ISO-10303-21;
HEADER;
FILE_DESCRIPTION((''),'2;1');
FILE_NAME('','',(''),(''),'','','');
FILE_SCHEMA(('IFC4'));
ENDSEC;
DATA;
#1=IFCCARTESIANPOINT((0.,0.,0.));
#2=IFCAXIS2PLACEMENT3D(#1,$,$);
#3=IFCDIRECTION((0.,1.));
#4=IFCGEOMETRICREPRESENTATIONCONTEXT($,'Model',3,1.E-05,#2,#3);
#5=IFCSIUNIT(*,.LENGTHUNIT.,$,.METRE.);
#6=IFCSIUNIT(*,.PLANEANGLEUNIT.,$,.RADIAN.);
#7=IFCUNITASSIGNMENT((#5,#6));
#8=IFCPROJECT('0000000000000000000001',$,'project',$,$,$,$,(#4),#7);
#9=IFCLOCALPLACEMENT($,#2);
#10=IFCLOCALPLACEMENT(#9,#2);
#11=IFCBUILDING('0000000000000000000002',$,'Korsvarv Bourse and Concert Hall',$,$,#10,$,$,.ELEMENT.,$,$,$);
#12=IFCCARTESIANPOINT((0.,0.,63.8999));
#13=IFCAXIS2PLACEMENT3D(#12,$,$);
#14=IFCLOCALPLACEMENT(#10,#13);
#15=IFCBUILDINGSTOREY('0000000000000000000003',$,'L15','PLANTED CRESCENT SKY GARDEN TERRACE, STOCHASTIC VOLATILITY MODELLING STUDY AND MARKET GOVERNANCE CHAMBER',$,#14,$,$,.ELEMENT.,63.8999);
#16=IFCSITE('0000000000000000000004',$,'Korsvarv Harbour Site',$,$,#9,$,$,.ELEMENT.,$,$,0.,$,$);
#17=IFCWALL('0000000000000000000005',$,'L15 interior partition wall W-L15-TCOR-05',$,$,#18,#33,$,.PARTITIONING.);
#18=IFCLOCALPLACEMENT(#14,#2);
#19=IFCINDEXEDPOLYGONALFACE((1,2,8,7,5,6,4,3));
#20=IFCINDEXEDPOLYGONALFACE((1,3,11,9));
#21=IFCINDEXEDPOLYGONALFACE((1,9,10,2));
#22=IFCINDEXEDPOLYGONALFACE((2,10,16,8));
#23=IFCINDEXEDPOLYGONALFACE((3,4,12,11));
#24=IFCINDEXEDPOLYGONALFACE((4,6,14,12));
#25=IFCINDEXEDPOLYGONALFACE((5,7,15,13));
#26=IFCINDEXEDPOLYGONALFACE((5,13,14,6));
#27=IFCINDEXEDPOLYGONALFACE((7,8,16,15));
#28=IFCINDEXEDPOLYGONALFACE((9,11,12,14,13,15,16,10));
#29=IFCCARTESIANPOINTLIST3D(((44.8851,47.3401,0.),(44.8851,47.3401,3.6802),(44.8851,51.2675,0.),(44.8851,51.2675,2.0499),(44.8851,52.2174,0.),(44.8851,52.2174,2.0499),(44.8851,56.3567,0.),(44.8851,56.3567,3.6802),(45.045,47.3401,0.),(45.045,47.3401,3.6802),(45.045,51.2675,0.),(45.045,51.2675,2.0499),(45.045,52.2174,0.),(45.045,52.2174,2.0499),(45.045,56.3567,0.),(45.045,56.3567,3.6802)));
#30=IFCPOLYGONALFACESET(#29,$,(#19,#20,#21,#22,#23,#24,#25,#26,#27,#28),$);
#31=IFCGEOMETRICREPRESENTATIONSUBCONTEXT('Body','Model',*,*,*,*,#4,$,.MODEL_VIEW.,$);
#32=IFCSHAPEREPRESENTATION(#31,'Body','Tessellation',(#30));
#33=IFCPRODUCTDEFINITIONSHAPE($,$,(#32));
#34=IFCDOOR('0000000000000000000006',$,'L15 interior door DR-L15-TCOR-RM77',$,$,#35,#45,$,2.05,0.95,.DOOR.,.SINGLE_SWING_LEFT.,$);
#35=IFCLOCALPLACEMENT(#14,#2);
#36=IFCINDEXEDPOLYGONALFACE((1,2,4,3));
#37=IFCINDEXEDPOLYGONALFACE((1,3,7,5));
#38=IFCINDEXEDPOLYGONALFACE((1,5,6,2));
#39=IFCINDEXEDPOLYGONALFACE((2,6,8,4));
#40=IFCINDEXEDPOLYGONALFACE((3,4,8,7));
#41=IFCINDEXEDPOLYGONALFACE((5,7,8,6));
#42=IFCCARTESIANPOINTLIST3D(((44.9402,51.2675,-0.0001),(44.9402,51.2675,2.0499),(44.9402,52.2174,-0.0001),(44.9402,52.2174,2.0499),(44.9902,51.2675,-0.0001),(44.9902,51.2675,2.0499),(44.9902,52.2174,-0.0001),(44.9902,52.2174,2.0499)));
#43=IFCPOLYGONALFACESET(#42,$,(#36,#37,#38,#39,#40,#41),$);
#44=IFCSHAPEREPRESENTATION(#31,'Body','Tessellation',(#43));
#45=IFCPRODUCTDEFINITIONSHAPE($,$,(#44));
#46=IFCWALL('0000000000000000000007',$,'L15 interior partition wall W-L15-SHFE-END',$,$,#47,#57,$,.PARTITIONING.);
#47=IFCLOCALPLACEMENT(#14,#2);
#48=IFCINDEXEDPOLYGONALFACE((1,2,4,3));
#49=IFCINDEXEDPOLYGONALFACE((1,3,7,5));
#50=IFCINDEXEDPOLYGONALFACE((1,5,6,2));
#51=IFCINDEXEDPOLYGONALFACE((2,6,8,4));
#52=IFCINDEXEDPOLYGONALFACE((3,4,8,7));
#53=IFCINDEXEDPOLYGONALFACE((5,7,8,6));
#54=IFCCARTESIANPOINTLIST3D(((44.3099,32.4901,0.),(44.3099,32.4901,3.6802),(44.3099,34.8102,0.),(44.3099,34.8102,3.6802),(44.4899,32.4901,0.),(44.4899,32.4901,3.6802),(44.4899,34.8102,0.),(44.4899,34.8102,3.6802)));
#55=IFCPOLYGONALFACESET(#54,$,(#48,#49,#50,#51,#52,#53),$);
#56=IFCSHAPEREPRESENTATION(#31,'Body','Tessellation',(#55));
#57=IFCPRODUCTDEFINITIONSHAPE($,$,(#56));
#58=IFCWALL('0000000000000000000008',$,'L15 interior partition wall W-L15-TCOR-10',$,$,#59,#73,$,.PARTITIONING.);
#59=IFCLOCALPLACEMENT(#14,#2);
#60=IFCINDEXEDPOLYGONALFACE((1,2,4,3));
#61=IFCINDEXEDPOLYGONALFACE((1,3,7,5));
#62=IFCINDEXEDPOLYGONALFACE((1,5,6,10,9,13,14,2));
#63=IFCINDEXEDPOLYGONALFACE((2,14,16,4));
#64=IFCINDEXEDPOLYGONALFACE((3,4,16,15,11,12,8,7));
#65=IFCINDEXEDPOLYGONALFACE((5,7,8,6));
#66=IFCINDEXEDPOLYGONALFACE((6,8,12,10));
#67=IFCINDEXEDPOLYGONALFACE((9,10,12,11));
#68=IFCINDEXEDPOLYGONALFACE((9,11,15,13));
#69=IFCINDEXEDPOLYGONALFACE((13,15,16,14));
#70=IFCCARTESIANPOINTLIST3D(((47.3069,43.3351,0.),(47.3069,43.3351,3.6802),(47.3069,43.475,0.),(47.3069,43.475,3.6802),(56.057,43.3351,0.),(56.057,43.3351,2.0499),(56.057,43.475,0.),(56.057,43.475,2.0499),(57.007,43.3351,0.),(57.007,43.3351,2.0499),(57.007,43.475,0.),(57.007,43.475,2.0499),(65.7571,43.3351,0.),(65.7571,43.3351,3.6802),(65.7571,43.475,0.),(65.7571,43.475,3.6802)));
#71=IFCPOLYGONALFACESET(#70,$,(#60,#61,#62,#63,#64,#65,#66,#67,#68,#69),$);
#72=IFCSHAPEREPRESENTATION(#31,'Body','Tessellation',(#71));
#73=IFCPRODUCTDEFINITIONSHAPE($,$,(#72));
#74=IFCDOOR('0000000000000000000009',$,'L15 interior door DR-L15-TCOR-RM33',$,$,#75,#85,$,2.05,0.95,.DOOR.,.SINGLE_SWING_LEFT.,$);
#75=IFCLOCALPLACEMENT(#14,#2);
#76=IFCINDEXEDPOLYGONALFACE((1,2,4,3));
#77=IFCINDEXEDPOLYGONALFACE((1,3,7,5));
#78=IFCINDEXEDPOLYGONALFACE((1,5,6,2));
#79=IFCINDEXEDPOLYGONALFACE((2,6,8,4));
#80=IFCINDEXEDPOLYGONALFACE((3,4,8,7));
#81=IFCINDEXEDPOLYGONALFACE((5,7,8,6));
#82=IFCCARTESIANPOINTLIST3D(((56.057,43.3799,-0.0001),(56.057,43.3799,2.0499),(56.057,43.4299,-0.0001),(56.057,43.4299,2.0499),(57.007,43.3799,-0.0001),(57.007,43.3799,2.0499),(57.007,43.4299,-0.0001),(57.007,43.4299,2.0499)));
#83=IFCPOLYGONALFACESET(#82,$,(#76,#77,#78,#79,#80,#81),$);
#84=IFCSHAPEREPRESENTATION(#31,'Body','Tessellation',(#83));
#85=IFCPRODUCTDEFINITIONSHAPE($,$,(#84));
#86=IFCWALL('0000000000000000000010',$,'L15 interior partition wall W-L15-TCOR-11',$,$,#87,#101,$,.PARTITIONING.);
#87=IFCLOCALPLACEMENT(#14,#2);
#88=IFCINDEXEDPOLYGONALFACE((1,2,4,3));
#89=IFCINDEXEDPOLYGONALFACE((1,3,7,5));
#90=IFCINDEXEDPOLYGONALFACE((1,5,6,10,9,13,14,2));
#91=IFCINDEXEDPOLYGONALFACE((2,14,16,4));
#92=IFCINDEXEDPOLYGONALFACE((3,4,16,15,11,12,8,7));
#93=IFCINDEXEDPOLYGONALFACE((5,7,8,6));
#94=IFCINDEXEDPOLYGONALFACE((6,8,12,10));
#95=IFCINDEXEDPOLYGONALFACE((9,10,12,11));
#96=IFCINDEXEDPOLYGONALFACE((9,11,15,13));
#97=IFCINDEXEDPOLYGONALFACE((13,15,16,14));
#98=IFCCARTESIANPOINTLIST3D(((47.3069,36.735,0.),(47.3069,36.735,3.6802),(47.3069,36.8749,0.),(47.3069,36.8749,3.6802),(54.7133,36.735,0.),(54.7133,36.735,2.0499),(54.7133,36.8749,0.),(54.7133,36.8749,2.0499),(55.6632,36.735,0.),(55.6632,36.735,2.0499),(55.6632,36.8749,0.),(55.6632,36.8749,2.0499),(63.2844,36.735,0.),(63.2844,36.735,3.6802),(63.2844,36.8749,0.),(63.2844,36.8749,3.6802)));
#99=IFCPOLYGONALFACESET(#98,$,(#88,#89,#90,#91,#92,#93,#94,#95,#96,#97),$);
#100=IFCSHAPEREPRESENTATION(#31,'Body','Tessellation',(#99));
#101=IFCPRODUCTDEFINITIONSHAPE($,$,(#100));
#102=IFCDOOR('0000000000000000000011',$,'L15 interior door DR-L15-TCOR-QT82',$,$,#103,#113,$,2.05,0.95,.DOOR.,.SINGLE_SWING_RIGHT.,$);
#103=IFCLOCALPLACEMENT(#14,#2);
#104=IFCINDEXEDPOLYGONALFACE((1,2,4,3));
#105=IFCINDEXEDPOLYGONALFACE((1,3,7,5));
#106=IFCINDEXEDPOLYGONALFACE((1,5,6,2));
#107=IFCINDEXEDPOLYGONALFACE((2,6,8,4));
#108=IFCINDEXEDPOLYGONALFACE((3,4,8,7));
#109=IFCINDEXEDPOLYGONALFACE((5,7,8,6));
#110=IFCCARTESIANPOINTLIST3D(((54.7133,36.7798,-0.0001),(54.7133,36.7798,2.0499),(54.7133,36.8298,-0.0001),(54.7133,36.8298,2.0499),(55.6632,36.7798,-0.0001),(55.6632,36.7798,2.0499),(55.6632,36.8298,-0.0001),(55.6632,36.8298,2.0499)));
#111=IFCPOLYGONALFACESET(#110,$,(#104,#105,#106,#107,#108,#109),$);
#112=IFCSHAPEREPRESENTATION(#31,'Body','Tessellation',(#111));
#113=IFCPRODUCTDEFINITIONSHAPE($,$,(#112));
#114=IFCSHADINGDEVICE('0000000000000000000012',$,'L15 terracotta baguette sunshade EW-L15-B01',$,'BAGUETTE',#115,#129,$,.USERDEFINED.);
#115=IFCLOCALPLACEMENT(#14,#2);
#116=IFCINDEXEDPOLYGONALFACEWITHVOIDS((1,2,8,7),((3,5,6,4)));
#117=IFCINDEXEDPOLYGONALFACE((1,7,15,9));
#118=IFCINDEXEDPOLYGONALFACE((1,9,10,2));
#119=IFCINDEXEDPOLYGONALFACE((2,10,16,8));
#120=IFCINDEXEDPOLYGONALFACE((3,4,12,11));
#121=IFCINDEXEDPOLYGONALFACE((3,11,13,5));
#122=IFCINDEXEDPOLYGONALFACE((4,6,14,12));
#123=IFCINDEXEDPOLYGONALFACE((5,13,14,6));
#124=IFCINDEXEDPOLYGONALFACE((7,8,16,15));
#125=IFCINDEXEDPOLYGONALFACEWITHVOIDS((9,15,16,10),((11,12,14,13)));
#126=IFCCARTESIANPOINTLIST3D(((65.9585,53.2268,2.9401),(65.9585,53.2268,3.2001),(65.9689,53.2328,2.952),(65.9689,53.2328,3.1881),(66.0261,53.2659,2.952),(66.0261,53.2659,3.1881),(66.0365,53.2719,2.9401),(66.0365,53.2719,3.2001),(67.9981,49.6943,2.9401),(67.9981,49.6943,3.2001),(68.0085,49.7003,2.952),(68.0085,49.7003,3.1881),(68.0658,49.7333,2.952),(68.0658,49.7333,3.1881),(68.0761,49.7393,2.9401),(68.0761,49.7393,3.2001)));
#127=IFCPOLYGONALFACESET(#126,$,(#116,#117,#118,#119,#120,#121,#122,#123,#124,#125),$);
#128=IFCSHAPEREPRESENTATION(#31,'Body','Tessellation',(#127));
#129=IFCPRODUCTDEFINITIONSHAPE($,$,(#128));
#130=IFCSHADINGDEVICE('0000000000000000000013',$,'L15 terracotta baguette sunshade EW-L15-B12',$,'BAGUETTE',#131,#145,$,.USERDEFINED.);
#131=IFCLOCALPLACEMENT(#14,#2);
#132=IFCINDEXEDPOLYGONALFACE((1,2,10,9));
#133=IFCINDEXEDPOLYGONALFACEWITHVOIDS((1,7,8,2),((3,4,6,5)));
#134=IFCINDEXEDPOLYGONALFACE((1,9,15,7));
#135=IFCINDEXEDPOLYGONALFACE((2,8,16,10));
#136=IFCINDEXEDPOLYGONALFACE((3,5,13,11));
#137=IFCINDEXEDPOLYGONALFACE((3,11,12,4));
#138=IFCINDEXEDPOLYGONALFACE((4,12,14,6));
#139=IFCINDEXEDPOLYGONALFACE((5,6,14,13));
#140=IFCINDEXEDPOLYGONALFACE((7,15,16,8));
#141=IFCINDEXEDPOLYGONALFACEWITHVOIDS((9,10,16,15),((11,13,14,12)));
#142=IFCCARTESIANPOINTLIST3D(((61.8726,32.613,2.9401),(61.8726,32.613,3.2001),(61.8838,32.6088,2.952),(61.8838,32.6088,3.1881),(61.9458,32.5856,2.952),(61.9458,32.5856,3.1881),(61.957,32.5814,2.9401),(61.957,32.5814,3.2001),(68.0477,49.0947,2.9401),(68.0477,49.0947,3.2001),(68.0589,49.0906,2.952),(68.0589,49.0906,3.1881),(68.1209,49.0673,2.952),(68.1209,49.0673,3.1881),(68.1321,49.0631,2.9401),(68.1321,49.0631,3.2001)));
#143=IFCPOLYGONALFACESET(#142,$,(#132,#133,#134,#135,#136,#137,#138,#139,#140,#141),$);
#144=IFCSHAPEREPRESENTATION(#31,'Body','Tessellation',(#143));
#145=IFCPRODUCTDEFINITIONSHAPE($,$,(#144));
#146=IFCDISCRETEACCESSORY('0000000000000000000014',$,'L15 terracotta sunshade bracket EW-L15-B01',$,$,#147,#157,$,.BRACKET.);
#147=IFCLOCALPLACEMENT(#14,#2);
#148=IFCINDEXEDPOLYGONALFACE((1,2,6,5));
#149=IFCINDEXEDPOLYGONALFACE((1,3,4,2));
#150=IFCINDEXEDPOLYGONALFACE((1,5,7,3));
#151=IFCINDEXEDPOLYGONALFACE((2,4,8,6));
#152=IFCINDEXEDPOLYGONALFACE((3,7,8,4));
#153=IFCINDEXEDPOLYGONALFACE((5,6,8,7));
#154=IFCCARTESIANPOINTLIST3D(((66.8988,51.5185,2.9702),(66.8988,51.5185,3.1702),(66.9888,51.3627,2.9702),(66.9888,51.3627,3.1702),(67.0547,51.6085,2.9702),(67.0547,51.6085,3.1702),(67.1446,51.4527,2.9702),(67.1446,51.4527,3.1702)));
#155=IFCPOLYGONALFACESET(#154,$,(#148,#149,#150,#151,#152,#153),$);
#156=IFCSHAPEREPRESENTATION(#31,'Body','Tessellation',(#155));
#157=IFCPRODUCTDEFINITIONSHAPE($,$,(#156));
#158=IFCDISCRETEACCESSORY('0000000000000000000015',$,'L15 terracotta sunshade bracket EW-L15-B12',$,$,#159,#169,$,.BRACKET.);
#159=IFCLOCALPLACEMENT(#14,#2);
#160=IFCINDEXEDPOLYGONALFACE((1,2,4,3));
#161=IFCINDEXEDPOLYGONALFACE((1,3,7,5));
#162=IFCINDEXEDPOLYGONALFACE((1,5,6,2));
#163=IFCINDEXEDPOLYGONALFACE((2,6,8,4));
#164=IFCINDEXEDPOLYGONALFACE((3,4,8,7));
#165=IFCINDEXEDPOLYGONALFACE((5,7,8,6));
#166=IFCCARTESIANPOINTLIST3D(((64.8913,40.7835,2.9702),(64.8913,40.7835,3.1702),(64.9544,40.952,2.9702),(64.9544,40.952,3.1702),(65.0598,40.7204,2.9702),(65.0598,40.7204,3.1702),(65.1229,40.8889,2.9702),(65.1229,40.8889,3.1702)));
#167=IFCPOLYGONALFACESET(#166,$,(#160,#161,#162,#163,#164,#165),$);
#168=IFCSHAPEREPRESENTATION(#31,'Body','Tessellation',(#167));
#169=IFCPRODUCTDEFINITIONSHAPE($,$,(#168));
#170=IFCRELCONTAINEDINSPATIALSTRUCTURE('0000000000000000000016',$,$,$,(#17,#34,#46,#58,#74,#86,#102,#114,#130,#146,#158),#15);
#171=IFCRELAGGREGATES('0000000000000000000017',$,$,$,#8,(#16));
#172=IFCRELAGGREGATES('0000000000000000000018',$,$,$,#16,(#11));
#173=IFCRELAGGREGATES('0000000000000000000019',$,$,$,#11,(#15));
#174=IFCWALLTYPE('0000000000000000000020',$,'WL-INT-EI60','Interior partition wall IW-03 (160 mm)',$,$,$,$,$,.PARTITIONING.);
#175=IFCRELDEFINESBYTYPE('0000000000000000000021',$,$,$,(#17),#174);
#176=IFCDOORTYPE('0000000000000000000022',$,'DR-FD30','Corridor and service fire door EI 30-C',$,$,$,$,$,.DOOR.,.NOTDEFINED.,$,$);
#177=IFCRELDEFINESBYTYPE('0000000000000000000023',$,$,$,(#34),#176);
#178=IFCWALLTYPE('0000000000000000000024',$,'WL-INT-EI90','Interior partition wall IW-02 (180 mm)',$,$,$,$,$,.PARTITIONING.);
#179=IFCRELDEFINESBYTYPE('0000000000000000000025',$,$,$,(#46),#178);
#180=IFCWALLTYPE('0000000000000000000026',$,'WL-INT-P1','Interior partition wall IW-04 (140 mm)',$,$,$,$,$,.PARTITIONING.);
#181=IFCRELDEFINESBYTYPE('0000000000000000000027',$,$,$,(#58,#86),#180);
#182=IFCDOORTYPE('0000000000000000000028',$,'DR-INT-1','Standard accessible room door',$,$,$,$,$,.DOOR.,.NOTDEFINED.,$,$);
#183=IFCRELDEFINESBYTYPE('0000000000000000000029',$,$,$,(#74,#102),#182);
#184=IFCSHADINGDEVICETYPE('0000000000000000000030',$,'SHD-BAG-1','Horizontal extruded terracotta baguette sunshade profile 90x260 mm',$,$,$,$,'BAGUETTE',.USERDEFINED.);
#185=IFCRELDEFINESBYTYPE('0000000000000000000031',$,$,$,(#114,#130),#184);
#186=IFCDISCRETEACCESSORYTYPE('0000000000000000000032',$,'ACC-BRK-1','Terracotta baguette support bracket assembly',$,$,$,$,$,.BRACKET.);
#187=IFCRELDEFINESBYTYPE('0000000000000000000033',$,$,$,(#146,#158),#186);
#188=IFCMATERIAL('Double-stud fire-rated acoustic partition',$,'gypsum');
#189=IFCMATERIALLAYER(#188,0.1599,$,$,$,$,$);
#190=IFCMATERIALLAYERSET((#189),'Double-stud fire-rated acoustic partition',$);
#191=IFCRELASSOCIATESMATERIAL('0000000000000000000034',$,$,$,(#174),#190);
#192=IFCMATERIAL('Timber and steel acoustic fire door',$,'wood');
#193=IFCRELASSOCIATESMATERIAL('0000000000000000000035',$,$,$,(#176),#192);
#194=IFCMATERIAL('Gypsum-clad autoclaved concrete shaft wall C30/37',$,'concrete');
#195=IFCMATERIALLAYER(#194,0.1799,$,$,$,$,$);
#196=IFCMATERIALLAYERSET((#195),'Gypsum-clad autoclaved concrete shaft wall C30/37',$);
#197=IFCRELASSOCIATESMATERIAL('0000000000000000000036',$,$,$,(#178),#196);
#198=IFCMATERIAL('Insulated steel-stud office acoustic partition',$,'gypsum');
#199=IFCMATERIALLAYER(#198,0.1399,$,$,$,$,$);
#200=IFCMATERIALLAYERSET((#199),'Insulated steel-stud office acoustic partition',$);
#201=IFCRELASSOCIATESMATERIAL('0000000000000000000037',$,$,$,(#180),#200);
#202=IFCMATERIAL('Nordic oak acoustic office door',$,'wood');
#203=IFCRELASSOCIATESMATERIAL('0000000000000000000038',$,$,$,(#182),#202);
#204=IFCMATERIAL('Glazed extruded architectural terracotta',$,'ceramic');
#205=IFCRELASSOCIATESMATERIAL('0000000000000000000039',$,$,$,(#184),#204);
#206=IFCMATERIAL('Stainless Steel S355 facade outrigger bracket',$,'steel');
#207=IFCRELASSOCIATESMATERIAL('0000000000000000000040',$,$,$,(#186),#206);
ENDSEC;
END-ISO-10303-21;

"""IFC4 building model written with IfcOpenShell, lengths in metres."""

from ifc_helpers import new_model, si_unit, direction, frame, frame_2d, origin, origin_2d, place, context, subcontext, project, spatial, rectangle, hollow_rectangle, extrude, source, transform, mapped, material, layer, layer_set, material_profile, profile_set, type_object, element, fill, save


model = new_model("IFC4")

# Units and contexts
model_context = context("Model", 3, precision=1e-05, world=origin(), true_north=direction((0.0, 1.0)))
body_context = subcontext(model_context, "Body", "Model", "MODEL_VIEW")
ifc_project = project(units=[si_unit("LENGTHUNIT", "METRE"), si_unit("PLANEANGLEUNIT", "RADIAN")], contexts=[model_context])

# Site, building, storey
site_placement = place(None, origin())
site = spatial("IfcSite", under=ifc_project, at=site_placement, Name="Korsvarv Harbour Site", CompositionType="ELEMENT", RefElevation=0.0)
building_placement = place(site_placement, origin())
building = spatial("IfcBuilding", under=site, at=building_placement, Name="Korsvarv Bourse and Concert Hall", CompositionType="ELEMENT")
storey_placement = place(building_placement, frame((0.0, 0.0, 63.8999)))
storey = spatial("IfcBuildingStorey", under=building, at=storey_placement, Name="L15", Description="PLANTED CRESCENT SKY GARDEN TERRACE, STOCHASTIC VOLATILITY MODELLING STUDY AND MARKET GOVERNANCE CHAMBER", CompositionType="ELEMENT", Elevation=63.8999)

# Wall, opening, door
ifc_material_1 = material(Name="Double-stud fire-rated acoustic partition", Category="gypsum")
ifc_layer_1 = layer(ifc_material_1, 0.1599)
ifc_layer_set_1 = layer_set([ifc_layer_1], Name="Double-stud fire-rated acoustic partition")
wall_type_1 = type_object("IfcWallType", Name="WL-INT-EI60", Description="Interior partition wall IW-03 (160 mm)", PredefinedType="PARTITIONING", material=ifc_layer_set_1)
wall_1_placement = place(storey_placement, frame((44.9651, 47.3401, 0.0), z_axis=(0.0, 0.0, 1.0), x_axis=(0.0, 1.0, 0.0)))
wall_1 = element("IfcWall", 1, at=wall_1_placement, inside=storey, type_object=wall_type_1, Name="L15 interior partition wall W-L15-TCOR-05", PredefinedType="PARTITIONING", context=body_context, shape_type="SweptSolid", body=[
    extrude(rectangle(XDim=9.0166, YDim=0.1599, at=frame_2d((4.5083, 0.0))), origin(), (0.0, 0.0, 1.0), 3.6802),
])
opening_1_placement = place(wall_1_placement, frame((3.9272, 0.0, 0.0)))
opening_1 = element("IfcOpeningElement", 2, at=opening_1_placement, cuts=wall_1, PredefinedType="OPENING", context=body_context, shape_type="SweptSolid", body=[
    extrude(rectangle(XDim=0.95, YDim=2.05, at=frame_2d((0.4751, 1.0249))), frame((0.0, 0.0898, 0.0), z_axis=(0.0, -1.0, 0.0), x_axis=(1.0, 0.0, 0.0)), (0.0, 0.0, 1.0), 0.1799),
])
ifc_material_2 = material(Name="Timber and steel acoustic fire door", Category="wood")
door_type_1 = type_object("IfcDoorType", Name="DR-FD30", Description="Corridor and service fire door EI 30-C", OperationType="NOTDEFINED", PredefinedType="DOOR", material=ifc_material_2)
door_1_placement = place(opening_1_placement, origin())
door_1 = element("IfcDoor", 3, at=door_1_placement, inside=storey, type_object=door_type_1, Name="L15 interior door DR-L15-TCOR-RM77", OperationType="SINGLE_SWING_LEFT", OverallHeight=2.05, OverallWidth=0.95, PredefinedType="DOOR", context=body_context, shape_type="SweptSolid", body=[
    extrude(rectangle(XDim=0.95, YDim=2.05, at=frame_2d((0.4751, 1.0249))), frame((0.0, 0.0249, 0.0), z_axis=(0.0, -1.0, 0.0), x_axis=(1.0, 0.0, 0.0)), (0.0, 0.0, 1.0), 0.05),
])
fill(opening_1, door_1)

# Wall
ifc_material_3 = material(Name="Gypsum-clad autoclaved concrete shaft wall C30/37", Category="concrete")
ifc_layer_2 = layer(ifc_material_3, 0.1799)
ifc_layer_set_2 = layer_set([ifc_layer_2], Name="Gypsum-clad autoclaved concrete shaft wall C30/37")
wall_type_2 = type_object("IfcWallType", Name="WL-INT-EI90", Description="Interior partition wall IW-02 (180 mm)", PredefinedType="PARTITIONING", material=ifc_layer_set_2)
wall_2_placement = place(storey_placement, frame((44.3999, 32.49, 0.0), z_axis=(0.0, 0.0, 1.0), x_axis=(0.0, 1.0, 0.0)))
element("IfcWall", 4, at=wall_2_placement, inside=storey, type_object=wall_type_2, Name="L15 interior partition wall W-L15-SHFE-END", PredefinedType="PARTITIONING", context=body_context, shape_type="SweptSolid", body=[
    extrude(rectangle(XDim=2.3201, YDim=0.1799, at=frame_2d((1.1602, 0.0))), origin(), (0.0, 0.0, 1.0), 3.6802),
])

# Walls, openings, doors
ifc_material_4 = material(Name="Insulated steel-stud office acoustic partition", Category="gypsum")
ifc_layer_3 = layer(ifc_material_4, 0.1399)
ifc_layer_set_3 = layer_set([ifc_layer_3], Name="Insulated steel-stud office acoustic partition")
wall_type_3 = type_object("IfcWallType", Name="WL-INT-P1", Description="Interior partition wall IW-04 (140 mm)", PredefinedType="PARTITIONING", material=ifc_layer_set_3)
wall_3_placement = place(storey_placement, frame((47.3069, 43.405, 0.0), z_axis=(0.0, 0.0, 1.0), x_axis=(1.0, 0.0, 0.0)))
wall_3 = element("IfcWall", 5, at=wall_3_placement, inside=storey, type_object=wall_type_3, Name="L15 interior partition wall W-L15-TCOR-10", PredefinedType="PARTITIONING", context=body_context, shape_type="SweptSolid", body=[
    extrude(rectangle(XDim=18.4502, YDim=0.1399, at=frame_2d((9.2251, 0.0))), origin(), (0.0, 0.0, 1.0), 3.6802),
])
opening_2_placement = place(wall_3_placement, frame((8.75, 0.0, 0.0)))
opening_2 = element("IfcOpeningElement", 6, at=opening_2_placement, cuts=wall_3, PredefinedType="OPENING", context=body_context, shape_type="SweptSolid", body=[
    extrude(rectangle(XDim=0.95, YDim=2.05, at=frame_2d((0.4751, 1.0249))), frame((0.0, 0.0801, 0.0), z_axis=(0.0, -1.0, 0.0), x_axis=(1.0, 0.0, 0.0)), (0.0, 0.0, 1.0), 0.1599),
])
ifc_material_5 = material(Name="Nordic oak acoustic office door", Category="wood")
door_type_2 = type_object("IfcDoorType", Name="DR-INT-1", Description="Standard accessible room door", OperationType="NOTDEFINED", PredefinedType="DOOR", material=ifc_material_5)
door_2_placement = place(opening_2_placement, origin())
door_2 = element("IfcDoor", 7, at=door_2_placement, inside=storey, type_object=door_type_2, Name="L15 interior door DR-L15-TCOR-RM33", OperationType="SINGLE_SWING_LEFT", OverallHeight=2.05, OverallWidth=0.95, PredefinedType="DOOR", context=body_context, shape_type="SweptSolid", body=[
    extrude(rectangle(XDim=0.95, YDim=2.05, at=frame_2d((0.4751, 1.0249))), frame((0.0, 0.0249, 0.0), z_axis=(0.0, -1.0, 0.0), x_axis=(1.0, 0.0, 0.0)), (0.0, 0.0, 1.0), 0.05),
])
fill(opening_2, door_2)
wall_4_placement = place(storey_placement, frame((47.3069, 36.8049, 0.0), z_axis=(0.0, 0.0, 1.0), x_axis=(1.0, 0.0, 0.0)))
wall_4 = element("IfcWall", 8, at=wall_4_placement, inside=storey, type_object=wall_type_3, Name="L15 interior partition wall W-L15-TCOR-11", PredefinedType="PARTITIONING", context=body_context, shape_type="SweptSolid", body=[
    extrude(rectangle(XDim=15.9775, YDim=0.1399, at=frame_2d((7.9888, 0.0))), origin(), (0.0, 0.0, 1.0), 3.6802),
])
opening_3_placement = place(wall_4_placement, frame((7.4062, 0.0, 0.0)))
opening_3 = element("IfcOpeningElement", 9, at=opening_3_placement, cuts=wall_4, PredefinedType="OPENING", context=body_context, shape_type="SweptSolid", body=[
    extrude(rectangle(XDim=0.95, YDim=2.05, at=frame_2d((0.4751, 1.0249))), frame((0.0, 0.0801, 0.0), z_axis=(0.0, -1.0, 0.0), x_axis=(1.0, 0.0, 0.0)), (0.0, 0.0, 1.0), 0.1599),
])
door_3_placement = place(opening_3_placement, origin())
door_3 = element("IfcDoor", 10, at=door_3_placement, inside=storey, type_object=door_type_2, Name="L15 interior door DR-L15-TCOR-QT82", OperationType="SINGLE_SWING_RIGHT", OverallHeight=2.05, OverallWidth=0.95, PredefinedType="DOOR", context=body_context, shape_type="SweptSolid", body=[
    extrude(rectangle(XDim=0.95, YDim=2.05, at=frame_2d((0.4751, 1.0249))), frame((0.0, 0.0249, 0.0), z_axis=(0.0, -1.0, 0.0), x_axis=(1.0, 0.0, 0.0)), (0.0, 0.0, 1.0), 0.05),
])
fill(opening_3, door_3)

# Shading devices
ifc_material_6 = material(Name="Glazed extruded architectural terracotta", Category="ceramic")
ifc_material_profile_1 = material_profile(ifc_material_6, hollow_rectangle(XDim=0.0901, YDim=0.26, WallThickness=0.012, at=origin_2d()), Name="TC-BAG 90x260")
ifc_profile_set_1 = profile_set([ifc_material_profile_1], Name="Glazed extruded architectural terracotta")
shading_device_type = type_object("IfcShadingDeviceType", Name="SHD-BAG-1", Description="Horizontal extruded terracotta baguette sunshade profile 90x260 mm", ElementType="BAGUETTE", PredefinedType="USERDEFINED", material=ifc_profile_set_1)
shared_shape_1 = source(origin(), body_context, "Body", "SweptSolid", [
    extrude(hollow_rectangle(XDim=0.0901, YDim=0.26, WallThickness=0.012, at=origin_2d()), origin(), (0.0, 0.0, 1.0), 4.0791),
])
shading_device_1_placement = place(storey_placement, frame((68.0371, 49.7168, 3.0701), z_axis=(-0.500014, 0.866017, 0.0), x_axis=(-0.866017, -0.500014, 0.0)))
element("IfcShadingDevice", 11, at=shading_device_1_placement, inside=storey, type_object=shading_device_type, Name="L15 terracotta baguette sunshade EW-L15-B01", ObjectType="BAGUETTE", PredefinedType="USERDEFINED", context=body_context, shape_type="MappedRepresentation", body=[
    mapped(shared_shape_1, transform((0.0, 0.0, 0.0), scale=1.0)),
])
shared_shape_2 = source(origin(), body_context, "Body", "SweptSolid", [
    extrude(hollow_rectangle(XDim=0.0901, YDim=0.26, WallThickness=0.012, at=origin_2d()), origin(), (0.0, 0.0, 1.0), 17.6006),
])
shading_device_2_placement = place(storey_placement, frame((61.9148, 32.5972, 3.0701), z_axis=(0.350845, 0.936433, 0.0), x_axis=(-0.936433, 0.350845, 0.0)))
element("IfcShadingDevice", 12, at=shading_device_2_placement, inside=storey, type_object=shading_device_type, Name="L15 terracotta baguette sunshade EW-L15-B12", ObjectType="BAGUETTE", PredefinedType="USERDEFINED", context=body_context, shape_type="MappedRepresentation", body=[
    mapped(shared_shape_2, transform((0.0, 0.0, 0.0), scale=1.0)),
])

# Discrete accessories
ifc_material_7 = material(Name="Stainless Steel S355 facade outrigger bracket", Category="steel")
discrete_accessory_type = type_object("IfcDiscreteAccessoryType", Name="ACC-BRK-1", Description="Terracotta baguette support bracket assembly", PredefinedType="BRACKET", material=ifc_material_7)
shared_shape_3 = source(origin(), body_context, "Body", "SweptSolid", [
    extrude(rectangle(XDim=0.1799, YDim=0.1799, at=origin_2d()), origin(), (0.0, 0.0, 1.0), 0.2),
])
for number, where, z_axis, x_axis, name in (
    (13, (67.0217, 51.4856, 2.9702), (0.0, 0.0, 1.0), (-0.5, 0.866025, 0.0), "L15 terracotta sunshade bracket EW-L15-B01"),
    (14, (65.0071, 40.8362, 2.9702), (0.0, 0.0, 1.0), (0.350861, 0.936427, 0.0), "L15 terracotta sunshade bracket EW-L15-B12"),
):
    element("IfcDiscreteAccessory", number, at=place(storey_placement, frame(where, z_axis=z_axis, x_axis=x_axis)), inside=storey, type_object=discrete_accessory_type, Name=name, PredefinedType="BRACKET", context=body_context, shape_type="MappedRepresentation", body=[
        mapped(shared_shape_3, transform((0.0, 0.0, 0.0), scale=1.0)),
    ])

save(model, "model.ifc")
